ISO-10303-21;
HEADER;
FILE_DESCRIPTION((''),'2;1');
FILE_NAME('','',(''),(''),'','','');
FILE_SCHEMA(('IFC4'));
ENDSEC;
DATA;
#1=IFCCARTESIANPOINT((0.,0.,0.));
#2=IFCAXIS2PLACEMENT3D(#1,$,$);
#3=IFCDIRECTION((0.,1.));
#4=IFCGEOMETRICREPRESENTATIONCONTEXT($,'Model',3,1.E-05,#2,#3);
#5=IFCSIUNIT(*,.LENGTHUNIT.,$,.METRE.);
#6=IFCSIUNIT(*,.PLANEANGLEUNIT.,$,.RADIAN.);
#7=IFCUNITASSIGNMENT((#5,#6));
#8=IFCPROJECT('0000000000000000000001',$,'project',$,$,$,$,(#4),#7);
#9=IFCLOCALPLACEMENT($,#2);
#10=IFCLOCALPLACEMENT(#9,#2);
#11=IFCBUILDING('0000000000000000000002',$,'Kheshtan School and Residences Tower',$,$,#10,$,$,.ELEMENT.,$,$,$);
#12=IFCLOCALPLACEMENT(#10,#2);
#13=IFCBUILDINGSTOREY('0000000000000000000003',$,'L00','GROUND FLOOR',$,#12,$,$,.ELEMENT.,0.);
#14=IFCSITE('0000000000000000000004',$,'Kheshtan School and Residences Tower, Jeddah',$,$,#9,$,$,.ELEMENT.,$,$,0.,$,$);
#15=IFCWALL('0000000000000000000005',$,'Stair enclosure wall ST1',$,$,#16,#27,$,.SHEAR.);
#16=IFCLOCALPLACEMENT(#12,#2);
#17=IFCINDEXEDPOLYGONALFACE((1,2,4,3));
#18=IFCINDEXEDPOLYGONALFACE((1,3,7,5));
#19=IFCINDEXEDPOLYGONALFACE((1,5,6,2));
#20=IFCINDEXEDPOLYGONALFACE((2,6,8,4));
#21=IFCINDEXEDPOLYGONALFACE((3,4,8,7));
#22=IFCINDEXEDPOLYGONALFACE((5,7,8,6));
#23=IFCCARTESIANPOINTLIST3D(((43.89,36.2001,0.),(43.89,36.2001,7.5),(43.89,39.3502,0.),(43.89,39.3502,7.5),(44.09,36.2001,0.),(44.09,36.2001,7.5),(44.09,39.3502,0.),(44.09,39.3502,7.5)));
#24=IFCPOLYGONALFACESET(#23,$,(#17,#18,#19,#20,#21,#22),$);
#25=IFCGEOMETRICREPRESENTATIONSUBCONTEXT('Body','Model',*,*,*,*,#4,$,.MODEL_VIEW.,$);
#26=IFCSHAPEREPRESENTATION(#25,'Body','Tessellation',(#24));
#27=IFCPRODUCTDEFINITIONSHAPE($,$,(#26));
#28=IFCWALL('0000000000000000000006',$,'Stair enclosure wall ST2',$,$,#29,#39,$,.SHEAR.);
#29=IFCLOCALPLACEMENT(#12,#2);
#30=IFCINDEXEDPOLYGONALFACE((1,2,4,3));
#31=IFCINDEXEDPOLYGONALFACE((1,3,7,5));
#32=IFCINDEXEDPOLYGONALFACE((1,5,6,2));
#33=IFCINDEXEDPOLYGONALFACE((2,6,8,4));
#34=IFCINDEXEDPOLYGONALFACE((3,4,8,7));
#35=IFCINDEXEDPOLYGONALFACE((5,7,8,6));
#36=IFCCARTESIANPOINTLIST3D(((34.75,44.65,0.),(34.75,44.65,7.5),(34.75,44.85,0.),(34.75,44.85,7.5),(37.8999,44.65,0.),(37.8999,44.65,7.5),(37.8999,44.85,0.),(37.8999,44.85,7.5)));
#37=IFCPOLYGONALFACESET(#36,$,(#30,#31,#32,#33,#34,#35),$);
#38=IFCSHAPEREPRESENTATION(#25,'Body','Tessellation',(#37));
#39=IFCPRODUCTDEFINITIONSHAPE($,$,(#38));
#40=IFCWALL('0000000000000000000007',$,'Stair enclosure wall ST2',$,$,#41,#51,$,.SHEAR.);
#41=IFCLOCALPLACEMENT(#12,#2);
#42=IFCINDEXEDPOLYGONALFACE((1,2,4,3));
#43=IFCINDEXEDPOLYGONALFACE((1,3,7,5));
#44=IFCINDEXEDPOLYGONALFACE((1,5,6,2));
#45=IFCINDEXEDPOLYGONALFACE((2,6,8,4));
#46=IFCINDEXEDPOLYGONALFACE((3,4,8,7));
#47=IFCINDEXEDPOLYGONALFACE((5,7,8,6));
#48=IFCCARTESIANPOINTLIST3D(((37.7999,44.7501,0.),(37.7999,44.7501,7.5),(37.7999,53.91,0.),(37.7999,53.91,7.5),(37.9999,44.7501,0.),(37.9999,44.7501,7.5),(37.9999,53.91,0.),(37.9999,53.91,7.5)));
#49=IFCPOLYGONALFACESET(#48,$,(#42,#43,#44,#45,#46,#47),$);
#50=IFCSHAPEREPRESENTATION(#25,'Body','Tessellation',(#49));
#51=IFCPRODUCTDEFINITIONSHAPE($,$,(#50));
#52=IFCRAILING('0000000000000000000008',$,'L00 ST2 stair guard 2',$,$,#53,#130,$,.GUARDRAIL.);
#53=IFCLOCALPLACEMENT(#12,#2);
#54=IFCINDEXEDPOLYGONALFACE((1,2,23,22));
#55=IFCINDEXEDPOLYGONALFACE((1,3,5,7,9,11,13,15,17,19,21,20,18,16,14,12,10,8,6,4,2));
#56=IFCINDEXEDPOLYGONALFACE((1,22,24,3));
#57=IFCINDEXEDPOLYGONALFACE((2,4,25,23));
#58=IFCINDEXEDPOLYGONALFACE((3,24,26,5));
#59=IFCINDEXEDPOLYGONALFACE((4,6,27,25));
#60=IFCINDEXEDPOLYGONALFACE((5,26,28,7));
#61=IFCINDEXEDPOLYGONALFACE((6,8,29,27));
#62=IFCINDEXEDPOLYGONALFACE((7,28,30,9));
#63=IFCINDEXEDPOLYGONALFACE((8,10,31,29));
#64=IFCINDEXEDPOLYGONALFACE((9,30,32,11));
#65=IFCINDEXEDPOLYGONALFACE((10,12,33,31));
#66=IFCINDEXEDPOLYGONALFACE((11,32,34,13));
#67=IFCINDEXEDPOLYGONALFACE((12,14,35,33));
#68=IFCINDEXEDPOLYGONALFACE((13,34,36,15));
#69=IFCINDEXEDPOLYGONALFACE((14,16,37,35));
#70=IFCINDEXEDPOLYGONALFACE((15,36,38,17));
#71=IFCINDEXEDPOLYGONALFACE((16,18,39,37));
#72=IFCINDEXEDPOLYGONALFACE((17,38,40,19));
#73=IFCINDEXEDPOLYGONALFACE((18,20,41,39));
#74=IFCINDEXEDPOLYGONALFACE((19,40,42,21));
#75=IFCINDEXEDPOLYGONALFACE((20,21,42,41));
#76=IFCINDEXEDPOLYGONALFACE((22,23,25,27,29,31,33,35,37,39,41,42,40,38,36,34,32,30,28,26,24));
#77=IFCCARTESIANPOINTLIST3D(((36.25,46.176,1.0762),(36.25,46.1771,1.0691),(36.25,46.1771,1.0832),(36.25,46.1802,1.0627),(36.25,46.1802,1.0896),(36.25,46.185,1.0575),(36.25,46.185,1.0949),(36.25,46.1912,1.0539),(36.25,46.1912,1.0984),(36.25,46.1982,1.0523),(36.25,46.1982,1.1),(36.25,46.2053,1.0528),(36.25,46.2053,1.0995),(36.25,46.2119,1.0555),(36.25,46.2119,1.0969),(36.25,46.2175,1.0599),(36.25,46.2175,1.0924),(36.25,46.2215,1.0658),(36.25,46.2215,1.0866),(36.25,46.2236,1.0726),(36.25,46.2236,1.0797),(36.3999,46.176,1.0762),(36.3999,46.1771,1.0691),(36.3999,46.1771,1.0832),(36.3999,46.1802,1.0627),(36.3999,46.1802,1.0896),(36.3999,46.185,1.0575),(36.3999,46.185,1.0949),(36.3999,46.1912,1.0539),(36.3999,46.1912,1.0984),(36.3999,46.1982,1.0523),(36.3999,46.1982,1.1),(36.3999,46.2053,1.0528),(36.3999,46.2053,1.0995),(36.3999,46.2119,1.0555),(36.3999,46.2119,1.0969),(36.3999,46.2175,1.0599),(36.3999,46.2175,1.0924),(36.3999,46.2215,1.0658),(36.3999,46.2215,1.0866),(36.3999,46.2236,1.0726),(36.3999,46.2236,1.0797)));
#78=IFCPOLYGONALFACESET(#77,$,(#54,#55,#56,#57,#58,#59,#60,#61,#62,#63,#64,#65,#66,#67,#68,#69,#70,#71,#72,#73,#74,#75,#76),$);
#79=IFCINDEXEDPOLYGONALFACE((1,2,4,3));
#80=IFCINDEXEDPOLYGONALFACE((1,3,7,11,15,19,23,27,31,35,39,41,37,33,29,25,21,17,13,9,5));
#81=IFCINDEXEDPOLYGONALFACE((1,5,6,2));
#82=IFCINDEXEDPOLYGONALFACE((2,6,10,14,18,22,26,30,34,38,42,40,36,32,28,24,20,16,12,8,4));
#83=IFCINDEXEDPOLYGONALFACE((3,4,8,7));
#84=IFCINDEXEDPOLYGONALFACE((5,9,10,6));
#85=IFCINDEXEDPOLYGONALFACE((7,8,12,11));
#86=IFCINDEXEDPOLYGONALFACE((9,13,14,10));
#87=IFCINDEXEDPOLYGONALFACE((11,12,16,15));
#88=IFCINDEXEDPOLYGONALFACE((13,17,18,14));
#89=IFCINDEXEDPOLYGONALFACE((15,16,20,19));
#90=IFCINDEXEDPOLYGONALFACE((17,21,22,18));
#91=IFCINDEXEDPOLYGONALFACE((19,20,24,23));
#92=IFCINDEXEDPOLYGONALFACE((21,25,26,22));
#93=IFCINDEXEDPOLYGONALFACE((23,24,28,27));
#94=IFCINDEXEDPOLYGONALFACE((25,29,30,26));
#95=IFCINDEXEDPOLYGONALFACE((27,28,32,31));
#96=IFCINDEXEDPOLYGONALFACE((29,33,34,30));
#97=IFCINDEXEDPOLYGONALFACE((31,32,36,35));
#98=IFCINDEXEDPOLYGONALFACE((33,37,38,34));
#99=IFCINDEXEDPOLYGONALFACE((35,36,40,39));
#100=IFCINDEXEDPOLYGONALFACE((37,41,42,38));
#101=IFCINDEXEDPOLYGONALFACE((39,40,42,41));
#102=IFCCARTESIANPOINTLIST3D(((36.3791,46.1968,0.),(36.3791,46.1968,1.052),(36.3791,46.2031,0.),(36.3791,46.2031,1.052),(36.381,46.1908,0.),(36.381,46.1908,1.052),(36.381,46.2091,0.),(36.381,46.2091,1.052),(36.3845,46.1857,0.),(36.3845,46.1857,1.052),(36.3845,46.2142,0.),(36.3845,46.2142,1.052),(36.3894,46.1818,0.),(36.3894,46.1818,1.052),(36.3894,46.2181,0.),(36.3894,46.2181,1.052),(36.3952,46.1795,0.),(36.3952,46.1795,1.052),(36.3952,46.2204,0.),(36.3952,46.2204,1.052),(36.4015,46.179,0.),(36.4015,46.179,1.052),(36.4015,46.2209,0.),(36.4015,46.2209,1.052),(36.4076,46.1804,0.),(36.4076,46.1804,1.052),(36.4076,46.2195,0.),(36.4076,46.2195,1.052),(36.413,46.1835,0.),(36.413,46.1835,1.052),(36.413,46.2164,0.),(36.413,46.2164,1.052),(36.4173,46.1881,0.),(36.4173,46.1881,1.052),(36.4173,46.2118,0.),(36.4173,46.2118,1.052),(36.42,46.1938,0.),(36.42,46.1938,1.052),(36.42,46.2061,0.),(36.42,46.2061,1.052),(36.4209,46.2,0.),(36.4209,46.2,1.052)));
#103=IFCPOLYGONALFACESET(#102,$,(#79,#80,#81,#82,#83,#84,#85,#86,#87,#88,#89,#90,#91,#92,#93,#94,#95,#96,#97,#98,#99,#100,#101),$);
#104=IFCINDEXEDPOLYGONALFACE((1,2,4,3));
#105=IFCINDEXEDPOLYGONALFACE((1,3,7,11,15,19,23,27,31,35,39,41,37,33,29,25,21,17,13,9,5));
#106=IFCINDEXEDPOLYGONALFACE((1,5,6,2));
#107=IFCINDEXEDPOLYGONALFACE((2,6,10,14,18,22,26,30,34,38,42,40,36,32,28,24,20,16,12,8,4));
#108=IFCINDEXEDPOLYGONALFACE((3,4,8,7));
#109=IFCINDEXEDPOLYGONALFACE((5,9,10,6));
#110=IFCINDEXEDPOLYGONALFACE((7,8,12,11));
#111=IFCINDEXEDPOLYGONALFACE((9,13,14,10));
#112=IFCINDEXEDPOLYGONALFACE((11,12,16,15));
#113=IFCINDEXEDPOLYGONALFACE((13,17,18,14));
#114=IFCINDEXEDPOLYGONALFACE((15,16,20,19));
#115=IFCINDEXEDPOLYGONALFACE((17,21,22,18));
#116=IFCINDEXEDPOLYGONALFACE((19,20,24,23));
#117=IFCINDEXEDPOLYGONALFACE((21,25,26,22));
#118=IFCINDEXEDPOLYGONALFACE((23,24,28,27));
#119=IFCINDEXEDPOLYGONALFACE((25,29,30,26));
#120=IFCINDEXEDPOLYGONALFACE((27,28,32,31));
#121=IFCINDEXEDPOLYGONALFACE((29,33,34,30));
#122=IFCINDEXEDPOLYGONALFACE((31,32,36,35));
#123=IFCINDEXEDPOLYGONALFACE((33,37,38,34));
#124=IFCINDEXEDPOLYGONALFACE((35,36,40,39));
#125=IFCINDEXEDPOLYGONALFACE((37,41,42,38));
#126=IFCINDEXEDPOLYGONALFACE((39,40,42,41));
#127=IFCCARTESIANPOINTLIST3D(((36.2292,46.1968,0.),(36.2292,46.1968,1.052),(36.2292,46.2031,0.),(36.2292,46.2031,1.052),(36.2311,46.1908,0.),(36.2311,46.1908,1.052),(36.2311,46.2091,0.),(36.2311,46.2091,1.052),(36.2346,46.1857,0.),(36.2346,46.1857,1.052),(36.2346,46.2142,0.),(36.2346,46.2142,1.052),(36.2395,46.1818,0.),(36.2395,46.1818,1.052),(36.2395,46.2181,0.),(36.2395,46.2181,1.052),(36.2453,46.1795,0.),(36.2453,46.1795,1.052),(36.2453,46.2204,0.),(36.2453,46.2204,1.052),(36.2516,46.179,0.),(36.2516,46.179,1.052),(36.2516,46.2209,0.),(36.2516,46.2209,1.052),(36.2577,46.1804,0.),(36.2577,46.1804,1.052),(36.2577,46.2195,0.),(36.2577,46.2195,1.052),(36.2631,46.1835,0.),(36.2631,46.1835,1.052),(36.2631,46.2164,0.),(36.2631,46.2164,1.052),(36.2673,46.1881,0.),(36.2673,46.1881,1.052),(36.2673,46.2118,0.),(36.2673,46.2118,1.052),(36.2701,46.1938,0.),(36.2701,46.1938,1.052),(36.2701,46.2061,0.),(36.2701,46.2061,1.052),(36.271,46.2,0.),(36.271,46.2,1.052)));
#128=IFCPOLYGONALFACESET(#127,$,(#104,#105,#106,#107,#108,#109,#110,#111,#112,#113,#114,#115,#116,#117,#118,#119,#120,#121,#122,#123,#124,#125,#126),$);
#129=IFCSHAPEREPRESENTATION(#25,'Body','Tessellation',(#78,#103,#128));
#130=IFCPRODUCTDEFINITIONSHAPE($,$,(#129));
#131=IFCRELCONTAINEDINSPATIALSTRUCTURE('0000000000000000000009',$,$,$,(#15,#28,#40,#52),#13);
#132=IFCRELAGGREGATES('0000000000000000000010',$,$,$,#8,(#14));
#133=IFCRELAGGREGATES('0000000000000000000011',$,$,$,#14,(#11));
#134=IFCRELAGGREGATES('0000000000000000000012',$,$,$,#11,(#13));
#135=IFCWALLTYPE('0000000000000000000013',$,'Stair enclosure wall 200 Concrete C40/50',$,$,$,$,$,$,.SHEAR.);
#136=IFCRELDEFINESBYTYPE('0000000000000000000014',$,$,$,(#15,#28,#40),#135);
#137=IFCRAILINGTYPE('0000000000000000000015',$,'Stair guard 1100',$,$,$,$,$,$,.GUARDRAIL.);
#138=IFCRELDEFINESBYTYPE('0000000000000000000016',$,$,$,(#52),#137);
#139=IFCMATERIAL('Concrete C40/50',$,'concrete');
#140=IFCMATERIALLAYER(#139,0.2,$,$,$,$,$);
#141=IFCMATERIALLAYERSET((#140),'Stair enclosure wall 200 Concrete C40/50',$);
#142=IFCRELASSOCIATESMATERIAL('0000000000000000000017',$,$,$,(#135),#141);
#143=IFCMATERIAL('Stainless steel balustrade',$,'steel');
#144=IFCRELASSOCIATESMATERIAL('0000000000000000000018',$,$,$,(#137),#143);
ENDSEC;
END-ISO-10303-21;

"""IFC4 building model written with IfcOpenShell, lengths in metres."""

from ifc_helpers import new_model, si_unit, direction, frame, frame_2d, origin, origin_2d, place, context, subcontext, project, spatial, rectangle, circle, extrude, material, layer, layer_set, type_object, element, save


model = new_model("IFC4")

# Units and contexts
model_context = context("Model", 3, precision=1e-05, world=origin(), true_north=direction((0.0, 1.0)))
body_context = subcontext(model_context, "Body", "Model", "MODEL_VIEW")
ifc_project = project(units=[si_unit("LENGTHUNIT", "METRE"), si_unit("PLANEANGLEUNIT", "RADIAN")], contexts=[model_context])

# Site, building, storey
site_placement = place(None, origin())
site = spatial("IfcSite", under=ifc_project, at=site_placement, Name="Kheshtan School and Residences Tower, Jeddah", CompositionType="ELEMENT", RefElevation=0.0)
building_placement = place(site_placement, origin())
building = spatial("IfcBuilding", under=site, at=building_placement, Name="Kheshtan School and Residences Tower", CompositionType="ELEMENT")
storey_placement = place(building_placement, origin())
storey = spatial("IfcBuildingStorey", under=building, at=storey_placement, Name="L00", Description="GROUND FLOOR", CompositionType="ELEMENT", Elevation=0.0)

# Walls
ifc_material_1 = material(Name="Concrete C40/50", Category="concrete")
ifc_layer_1 = layer(ifc_material_1, 0.2)
ifc_layer_set_1 = layer_set([ifc_layer_1], Name="Stair enclosure wall 200 Concrete C40/50")
wall_type_1 = type_object("IfcWallType", Name="Stair enclosure wall 200 Concrete C40/50", PredefinedType="SHEAR", material=ifc_layer_set_1)
wall_1_placement = place(storey_placement, frame((43.99, 36.2, 0.0), z_axis=(0.0, 0.0, 1.0), x_axis=(0.0, 1.0, 0.0)))
element("IfcWall", 1, at=wall_1_placement, inside=storey, type_object=wall_type_1, Name="Stair enclosure wall ST1", PredefinedType="SHEAR", context=body_context, shape_type="SweptSolid", body=[
    extrude(rectangle(XDim=3.1501, YDim=0.2, at=frame_2d((1.5752, 0.0))), origin(), (0.0, 0.0, 1.0), 7.5),
])
wall_2_placement = place(storey_placement, frame((34.75, 44.75, 0.0), z_axis=(0.0, 0.0, 1.0), x_axis=(1.0, 0.0, 0.0)))
element("IfcWall", 2, at=wall_2_placement, inside=storey, type_object=wall_type_1, Name="Stair enclosure wall ST2", PredefinedType="SHEAR", context=body_context, shape_type="SweptSolid", body=[
    extrude(rectangle(XDim=3.1499, YDim=0.2, at=frame_2d((1.575, 0.0))), origin(), (0.0, 0.0, 1.0), 7.5),
])
wall_3_placement = place(storey_placement, frame((37.8999, 44.75, 0.0), z_axis=(0.0, 0.0, 1.0), x_axis=(0.0, 1.0, 0.0)))
element("IfcWall", 3, at=wall_3_placement, inside=storey, type_object=wall_type_1, Name="Stair enclosure wall ST2", PredefinedType="SHEAR", context=body_context, shape_type="SweptSolid", body=[
    extrude(rectangle(XDim=9.1599, YDim=0.2, at=frame_2d((4.5801, 0.0))), origin(), (0.0, 0.0, 1.0), 7.5),
])

# Railing
ifc_material_2 = material(Name="Stainless steel balustrade", Category="steel")
railing_type_1 = type_object("IfcRailingType", Name="Stair guard 1100", PredefinedType="GUARDRAIL", material=ifc_material_2)
railing_1_placement = place(storey_placement, frame((36.3999, 46.2, 0.0)))
element("IfcRailing", 4, at=railing_1_placement, inside=storey, type_object=railing_type_1, Name="L00 ST2 stair guard 2", PredefinedType="GUARDRAIL", context=body_context, shape_type="SweptSolid", body=[
    extrude(circle(Radius=0.0239, at=origin_2d()), frame((0.0, 0.0, 1.0762), z_axis=(-1.0, 0.0, 0.0), x_axis=(0.0, -1.0, 0.0)), (0.0, 0.0, 1.0), 0.1499),
    extrude(circle(Radius=0.021, at=origin_2d()), origin(), (0.0, 0.0, 1.0), 1.052),
    extrude(circle(Radius=0.021, at=origin_2d()), frame((-0.1499, 0.0, 0.0)), (0.0, 0.0, 1.0), 1.052),
])

save(model, "model.ifc")
